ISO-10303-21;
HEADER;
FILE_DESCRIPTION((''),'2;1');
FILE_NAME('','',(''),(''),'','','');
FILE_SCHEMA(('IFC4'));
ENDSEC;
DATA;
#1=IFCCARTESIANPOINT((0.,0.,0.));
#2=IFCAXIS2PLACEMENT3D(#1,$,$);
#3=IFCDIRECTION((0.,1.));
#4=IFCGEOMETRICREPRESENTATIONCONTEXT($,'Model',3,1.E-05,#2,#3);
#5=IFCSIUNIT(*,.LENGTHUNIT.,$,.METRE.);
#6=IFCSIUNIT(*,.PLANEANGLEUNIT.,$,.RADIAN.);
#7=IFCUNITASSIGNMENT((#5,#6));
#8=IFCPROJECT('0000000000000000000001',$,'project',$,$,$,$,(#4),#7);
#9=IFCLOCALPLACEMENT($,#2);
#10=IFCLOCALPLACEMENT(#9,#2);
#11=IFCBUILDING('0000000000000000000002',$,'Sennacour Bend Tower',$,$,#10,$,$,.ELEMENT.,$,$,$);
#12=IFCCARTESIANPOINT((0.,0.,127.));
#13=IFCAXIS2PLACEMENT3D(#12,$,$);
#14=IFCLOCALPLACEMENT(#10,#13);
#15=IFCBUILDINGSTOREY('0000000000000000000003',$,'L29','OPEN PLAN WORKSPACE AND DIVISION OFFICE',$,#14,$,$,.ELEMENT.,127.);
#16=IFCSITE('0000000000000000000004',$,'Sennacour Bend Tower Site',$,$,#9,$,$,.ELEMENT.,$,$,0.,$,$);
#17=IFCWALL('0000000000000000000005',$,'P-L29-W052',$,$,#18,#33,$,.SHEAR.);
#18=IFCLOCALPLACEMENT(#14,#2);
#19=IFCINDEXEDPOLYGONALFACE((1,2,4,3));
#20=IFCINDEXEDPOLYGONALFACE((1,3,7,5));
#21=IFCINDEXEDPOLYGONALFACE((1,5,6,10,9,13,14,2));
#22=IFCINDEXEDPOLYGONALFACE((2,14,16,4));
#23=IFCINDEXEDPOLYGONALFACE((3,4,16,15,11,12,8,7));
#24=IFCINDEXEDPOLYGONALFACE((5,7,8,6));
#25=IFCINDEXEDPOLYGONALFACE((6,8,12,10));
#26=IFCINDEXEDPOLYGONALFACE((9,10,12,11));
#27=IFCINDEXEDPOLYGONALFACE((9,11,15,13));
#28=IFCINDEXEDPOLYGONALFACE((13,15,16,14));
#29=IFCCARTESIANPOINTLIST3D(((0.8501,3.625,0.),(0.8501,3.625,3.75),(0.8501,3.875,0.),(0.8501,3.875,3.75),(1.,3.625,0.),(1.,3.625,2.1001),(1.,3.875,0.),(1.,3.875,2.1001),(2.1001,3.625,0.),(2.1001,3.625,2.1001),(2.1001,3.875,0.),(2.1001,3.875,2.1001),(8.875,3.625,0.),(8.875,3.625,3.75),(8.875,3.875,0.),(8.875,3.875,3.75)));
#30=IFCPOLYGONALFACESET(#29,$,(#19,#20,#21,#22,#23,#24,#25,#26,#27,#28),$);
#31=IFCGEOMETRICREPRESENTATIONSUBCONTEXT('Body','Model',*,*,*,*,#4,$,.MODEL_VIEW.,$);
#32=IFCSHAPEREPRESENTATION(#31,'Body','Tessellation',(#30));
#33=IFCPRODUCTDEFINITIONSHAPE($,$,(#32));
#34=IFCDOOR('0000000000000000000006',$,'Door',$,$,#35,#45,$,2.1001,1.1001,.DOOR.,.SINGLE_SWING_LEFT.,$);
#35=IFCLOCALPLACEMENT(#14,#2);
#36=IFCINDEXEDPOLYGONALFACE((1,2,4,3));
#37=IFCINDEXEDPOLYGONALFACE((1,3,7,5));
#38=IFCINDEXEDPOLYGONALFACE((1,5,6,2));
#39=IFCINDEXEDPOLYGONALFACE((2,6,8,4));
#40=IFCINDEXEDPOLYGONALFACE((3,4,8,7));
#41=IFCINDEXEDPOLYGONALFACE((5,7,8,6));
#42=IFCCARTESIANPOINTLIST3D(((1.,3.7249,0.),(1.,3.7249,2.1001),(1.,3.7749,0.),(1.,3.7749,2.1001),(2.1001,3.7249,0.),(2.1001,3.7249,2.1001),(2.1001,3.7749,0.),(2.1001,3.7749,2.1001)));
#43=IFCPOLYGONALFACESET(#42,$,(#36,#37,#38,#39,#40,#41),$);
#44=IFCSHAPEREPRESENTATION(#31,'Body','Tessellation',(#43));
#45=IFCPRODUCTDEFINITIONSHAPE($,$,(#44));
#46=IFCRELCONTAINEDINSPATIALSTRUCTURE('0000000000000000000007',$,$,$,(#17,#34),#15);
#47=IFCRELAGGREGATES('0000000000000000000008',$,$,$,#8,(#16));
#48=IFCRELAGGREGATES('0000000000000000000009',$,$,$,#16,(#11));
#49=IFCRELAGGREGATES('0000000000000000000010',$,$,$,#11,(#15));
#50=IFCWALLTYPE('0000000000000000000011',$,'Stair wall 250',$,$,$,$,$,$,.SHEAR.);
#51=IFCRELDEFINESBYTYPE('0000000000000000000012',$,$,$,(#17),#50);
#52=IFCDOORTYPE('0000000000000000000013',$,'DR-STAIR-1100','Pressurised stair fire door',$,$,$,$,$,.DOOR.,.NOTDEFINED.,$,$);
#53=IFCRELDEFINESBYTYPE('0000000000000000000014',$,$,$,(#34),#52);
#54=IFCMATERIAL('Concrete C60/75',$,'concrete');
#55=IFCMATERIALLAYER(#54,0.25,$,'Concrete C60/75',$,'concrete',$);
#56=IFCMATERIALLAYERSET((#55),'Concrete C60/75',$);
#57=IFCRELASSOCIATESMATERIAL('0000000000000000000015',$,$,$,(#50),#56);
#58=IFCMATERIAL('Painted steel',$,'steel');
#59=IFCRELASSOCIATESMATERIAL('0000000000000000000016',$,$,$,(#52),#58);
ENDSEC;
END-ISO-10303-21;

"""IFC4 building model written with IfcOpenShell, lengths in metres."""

from ifc_helpers import new_model, si_unit, direction, frame, frame_2d, origin, place, context, subcontext, project, spatial, rectangle, extrude, material, layer, layer_set, type_object, element, fill, save


model = new_model("IFC4")

# Units and contexts
model_context = context("Model", 3, precision=1e-05, world=origin(), true_north=direction((0.0, 1.0)))
body_context = subcontext(model_context, "Body", "Model", "MODEL_VIEW")
ifc_project = project(units=[si_unit("LENGTHUNIT", "METRE"), si_unit("PLANEANGLEUNIT", "RADIAN")], contexts=[model_context])

# Site, building, storey
site_placement = place(None, origin())
site = spatial("IfcSite", under=ifc_project, at=site_placement, Name="Sennacour Bend Tower Site", CompositionType="ELEMENT", RefElevation=0.0)
building_placement = place(site_placement, origin())
building = spatial("IfcBuilding", under=site, at=building_placement, Name="Sennacour Bend Tower", CompositionType="ELEMENT")
storey_placement = place(building_placement, frame((0.0, 0.0, 127.0)))
storey = spatial("IfcBuildingStorey", under=building, at=storey_placement, Name="L29", Description="OPEN PLAN WORKSPACE AND DIVISION OFFICE", CompositionType="ELEMENT", Elevation=127.0)

# Shared definitions
ifc_material_1 = material(Name="Painted steel", Category="steel")

# Wall, opening, door
ifc_material_2 = material(Name="Concrete C60/75", Category="concrete")
ifc_layer_1 = layer(ifc_material_2, 0.25, Name="Concrete C60/75", Category="concrete")
ifc_layer_set_1 = layer_set([ifc_layer_1], Name="Concrete C60/75")
wall_type_1 = type_object("IfcWallType", Name="Stair wall 250", PredefinedType="SHEAR", material=ifc_layer_set_1)
wall_1_placement = place(storey_placement, frame((0.8501, 3.75, 0.0), z_axis=(0.0, 0.0, 1.0), x_axis=(1.0, 0.0, 0.0)))
wall_1 = element("IfcWall", 1, at=wall_1_placement, inside=storey, type_object=wall_type_1, Name="P-L29-W052", PredefinedType="SHEAR", context=body_context, shape_type="SweptSolid", body=[
    extrude(rectangle(XDim=8.0249, YDim=0.25, at=frame_2d((4.0125, 0.0))), origin(), (0.0, 0.0, 1.0), 3.75),
])
opening_1_placement = place(wall_1_placement, frame((0.1499, 0.0, 0.0)))
opening_1 = element("IfcOpeningElement", 2, at=opening_1_placement, cuts=wall_1, PredefinedType="OPENING", context=body_context, shape_type="SweptSolid", body=[
    extrude(rectangle(XDim=1.1001, YDim=2.1001, at=frame_2d((0.55, 1.05))), frame((0.0, 0.135, 0.0), z_axis=(0.0, -1.0, 0.0), x_axis=(1.0, 0.0, 0.0)), (0.0, 0.0, 1.0), 0.27),
])
door_type_1 = type_object("IfcDoorType", Name="DR-STAIR-1100", Description="Pressurised stair fire door", OperationType="NOTDEFINED", PredefinedType="DOOR", material=ifc_material_1)
door_1_placement = place(opening_1_placement, origin())
door_1 = element("IfcDoor", 3, at=door_1_placement, inside=storey, type_object=door_type_1, Name="Door", OperationType="SINGLE_SWING_LEFT", OverallHeight=2.1001, OverallWidth=1.1001, PredefinedType="DOOR", context=body_context, shape_type="SweptSolid", body=[
    extrude(rectangle(XDim=1.1001, YDim=2.1001, at=frame_2d((0.55, 1.05))), frame((0.0, 0.0249, 0.0), z_axis=(0.0, -1.0, 0.0), x_axis=(1.0, 0.0, 0.0)), (0.0, 0.0, 1.0), 0.05),
])
fill(opening_1, door_1)

save(model, "model.ifc")
